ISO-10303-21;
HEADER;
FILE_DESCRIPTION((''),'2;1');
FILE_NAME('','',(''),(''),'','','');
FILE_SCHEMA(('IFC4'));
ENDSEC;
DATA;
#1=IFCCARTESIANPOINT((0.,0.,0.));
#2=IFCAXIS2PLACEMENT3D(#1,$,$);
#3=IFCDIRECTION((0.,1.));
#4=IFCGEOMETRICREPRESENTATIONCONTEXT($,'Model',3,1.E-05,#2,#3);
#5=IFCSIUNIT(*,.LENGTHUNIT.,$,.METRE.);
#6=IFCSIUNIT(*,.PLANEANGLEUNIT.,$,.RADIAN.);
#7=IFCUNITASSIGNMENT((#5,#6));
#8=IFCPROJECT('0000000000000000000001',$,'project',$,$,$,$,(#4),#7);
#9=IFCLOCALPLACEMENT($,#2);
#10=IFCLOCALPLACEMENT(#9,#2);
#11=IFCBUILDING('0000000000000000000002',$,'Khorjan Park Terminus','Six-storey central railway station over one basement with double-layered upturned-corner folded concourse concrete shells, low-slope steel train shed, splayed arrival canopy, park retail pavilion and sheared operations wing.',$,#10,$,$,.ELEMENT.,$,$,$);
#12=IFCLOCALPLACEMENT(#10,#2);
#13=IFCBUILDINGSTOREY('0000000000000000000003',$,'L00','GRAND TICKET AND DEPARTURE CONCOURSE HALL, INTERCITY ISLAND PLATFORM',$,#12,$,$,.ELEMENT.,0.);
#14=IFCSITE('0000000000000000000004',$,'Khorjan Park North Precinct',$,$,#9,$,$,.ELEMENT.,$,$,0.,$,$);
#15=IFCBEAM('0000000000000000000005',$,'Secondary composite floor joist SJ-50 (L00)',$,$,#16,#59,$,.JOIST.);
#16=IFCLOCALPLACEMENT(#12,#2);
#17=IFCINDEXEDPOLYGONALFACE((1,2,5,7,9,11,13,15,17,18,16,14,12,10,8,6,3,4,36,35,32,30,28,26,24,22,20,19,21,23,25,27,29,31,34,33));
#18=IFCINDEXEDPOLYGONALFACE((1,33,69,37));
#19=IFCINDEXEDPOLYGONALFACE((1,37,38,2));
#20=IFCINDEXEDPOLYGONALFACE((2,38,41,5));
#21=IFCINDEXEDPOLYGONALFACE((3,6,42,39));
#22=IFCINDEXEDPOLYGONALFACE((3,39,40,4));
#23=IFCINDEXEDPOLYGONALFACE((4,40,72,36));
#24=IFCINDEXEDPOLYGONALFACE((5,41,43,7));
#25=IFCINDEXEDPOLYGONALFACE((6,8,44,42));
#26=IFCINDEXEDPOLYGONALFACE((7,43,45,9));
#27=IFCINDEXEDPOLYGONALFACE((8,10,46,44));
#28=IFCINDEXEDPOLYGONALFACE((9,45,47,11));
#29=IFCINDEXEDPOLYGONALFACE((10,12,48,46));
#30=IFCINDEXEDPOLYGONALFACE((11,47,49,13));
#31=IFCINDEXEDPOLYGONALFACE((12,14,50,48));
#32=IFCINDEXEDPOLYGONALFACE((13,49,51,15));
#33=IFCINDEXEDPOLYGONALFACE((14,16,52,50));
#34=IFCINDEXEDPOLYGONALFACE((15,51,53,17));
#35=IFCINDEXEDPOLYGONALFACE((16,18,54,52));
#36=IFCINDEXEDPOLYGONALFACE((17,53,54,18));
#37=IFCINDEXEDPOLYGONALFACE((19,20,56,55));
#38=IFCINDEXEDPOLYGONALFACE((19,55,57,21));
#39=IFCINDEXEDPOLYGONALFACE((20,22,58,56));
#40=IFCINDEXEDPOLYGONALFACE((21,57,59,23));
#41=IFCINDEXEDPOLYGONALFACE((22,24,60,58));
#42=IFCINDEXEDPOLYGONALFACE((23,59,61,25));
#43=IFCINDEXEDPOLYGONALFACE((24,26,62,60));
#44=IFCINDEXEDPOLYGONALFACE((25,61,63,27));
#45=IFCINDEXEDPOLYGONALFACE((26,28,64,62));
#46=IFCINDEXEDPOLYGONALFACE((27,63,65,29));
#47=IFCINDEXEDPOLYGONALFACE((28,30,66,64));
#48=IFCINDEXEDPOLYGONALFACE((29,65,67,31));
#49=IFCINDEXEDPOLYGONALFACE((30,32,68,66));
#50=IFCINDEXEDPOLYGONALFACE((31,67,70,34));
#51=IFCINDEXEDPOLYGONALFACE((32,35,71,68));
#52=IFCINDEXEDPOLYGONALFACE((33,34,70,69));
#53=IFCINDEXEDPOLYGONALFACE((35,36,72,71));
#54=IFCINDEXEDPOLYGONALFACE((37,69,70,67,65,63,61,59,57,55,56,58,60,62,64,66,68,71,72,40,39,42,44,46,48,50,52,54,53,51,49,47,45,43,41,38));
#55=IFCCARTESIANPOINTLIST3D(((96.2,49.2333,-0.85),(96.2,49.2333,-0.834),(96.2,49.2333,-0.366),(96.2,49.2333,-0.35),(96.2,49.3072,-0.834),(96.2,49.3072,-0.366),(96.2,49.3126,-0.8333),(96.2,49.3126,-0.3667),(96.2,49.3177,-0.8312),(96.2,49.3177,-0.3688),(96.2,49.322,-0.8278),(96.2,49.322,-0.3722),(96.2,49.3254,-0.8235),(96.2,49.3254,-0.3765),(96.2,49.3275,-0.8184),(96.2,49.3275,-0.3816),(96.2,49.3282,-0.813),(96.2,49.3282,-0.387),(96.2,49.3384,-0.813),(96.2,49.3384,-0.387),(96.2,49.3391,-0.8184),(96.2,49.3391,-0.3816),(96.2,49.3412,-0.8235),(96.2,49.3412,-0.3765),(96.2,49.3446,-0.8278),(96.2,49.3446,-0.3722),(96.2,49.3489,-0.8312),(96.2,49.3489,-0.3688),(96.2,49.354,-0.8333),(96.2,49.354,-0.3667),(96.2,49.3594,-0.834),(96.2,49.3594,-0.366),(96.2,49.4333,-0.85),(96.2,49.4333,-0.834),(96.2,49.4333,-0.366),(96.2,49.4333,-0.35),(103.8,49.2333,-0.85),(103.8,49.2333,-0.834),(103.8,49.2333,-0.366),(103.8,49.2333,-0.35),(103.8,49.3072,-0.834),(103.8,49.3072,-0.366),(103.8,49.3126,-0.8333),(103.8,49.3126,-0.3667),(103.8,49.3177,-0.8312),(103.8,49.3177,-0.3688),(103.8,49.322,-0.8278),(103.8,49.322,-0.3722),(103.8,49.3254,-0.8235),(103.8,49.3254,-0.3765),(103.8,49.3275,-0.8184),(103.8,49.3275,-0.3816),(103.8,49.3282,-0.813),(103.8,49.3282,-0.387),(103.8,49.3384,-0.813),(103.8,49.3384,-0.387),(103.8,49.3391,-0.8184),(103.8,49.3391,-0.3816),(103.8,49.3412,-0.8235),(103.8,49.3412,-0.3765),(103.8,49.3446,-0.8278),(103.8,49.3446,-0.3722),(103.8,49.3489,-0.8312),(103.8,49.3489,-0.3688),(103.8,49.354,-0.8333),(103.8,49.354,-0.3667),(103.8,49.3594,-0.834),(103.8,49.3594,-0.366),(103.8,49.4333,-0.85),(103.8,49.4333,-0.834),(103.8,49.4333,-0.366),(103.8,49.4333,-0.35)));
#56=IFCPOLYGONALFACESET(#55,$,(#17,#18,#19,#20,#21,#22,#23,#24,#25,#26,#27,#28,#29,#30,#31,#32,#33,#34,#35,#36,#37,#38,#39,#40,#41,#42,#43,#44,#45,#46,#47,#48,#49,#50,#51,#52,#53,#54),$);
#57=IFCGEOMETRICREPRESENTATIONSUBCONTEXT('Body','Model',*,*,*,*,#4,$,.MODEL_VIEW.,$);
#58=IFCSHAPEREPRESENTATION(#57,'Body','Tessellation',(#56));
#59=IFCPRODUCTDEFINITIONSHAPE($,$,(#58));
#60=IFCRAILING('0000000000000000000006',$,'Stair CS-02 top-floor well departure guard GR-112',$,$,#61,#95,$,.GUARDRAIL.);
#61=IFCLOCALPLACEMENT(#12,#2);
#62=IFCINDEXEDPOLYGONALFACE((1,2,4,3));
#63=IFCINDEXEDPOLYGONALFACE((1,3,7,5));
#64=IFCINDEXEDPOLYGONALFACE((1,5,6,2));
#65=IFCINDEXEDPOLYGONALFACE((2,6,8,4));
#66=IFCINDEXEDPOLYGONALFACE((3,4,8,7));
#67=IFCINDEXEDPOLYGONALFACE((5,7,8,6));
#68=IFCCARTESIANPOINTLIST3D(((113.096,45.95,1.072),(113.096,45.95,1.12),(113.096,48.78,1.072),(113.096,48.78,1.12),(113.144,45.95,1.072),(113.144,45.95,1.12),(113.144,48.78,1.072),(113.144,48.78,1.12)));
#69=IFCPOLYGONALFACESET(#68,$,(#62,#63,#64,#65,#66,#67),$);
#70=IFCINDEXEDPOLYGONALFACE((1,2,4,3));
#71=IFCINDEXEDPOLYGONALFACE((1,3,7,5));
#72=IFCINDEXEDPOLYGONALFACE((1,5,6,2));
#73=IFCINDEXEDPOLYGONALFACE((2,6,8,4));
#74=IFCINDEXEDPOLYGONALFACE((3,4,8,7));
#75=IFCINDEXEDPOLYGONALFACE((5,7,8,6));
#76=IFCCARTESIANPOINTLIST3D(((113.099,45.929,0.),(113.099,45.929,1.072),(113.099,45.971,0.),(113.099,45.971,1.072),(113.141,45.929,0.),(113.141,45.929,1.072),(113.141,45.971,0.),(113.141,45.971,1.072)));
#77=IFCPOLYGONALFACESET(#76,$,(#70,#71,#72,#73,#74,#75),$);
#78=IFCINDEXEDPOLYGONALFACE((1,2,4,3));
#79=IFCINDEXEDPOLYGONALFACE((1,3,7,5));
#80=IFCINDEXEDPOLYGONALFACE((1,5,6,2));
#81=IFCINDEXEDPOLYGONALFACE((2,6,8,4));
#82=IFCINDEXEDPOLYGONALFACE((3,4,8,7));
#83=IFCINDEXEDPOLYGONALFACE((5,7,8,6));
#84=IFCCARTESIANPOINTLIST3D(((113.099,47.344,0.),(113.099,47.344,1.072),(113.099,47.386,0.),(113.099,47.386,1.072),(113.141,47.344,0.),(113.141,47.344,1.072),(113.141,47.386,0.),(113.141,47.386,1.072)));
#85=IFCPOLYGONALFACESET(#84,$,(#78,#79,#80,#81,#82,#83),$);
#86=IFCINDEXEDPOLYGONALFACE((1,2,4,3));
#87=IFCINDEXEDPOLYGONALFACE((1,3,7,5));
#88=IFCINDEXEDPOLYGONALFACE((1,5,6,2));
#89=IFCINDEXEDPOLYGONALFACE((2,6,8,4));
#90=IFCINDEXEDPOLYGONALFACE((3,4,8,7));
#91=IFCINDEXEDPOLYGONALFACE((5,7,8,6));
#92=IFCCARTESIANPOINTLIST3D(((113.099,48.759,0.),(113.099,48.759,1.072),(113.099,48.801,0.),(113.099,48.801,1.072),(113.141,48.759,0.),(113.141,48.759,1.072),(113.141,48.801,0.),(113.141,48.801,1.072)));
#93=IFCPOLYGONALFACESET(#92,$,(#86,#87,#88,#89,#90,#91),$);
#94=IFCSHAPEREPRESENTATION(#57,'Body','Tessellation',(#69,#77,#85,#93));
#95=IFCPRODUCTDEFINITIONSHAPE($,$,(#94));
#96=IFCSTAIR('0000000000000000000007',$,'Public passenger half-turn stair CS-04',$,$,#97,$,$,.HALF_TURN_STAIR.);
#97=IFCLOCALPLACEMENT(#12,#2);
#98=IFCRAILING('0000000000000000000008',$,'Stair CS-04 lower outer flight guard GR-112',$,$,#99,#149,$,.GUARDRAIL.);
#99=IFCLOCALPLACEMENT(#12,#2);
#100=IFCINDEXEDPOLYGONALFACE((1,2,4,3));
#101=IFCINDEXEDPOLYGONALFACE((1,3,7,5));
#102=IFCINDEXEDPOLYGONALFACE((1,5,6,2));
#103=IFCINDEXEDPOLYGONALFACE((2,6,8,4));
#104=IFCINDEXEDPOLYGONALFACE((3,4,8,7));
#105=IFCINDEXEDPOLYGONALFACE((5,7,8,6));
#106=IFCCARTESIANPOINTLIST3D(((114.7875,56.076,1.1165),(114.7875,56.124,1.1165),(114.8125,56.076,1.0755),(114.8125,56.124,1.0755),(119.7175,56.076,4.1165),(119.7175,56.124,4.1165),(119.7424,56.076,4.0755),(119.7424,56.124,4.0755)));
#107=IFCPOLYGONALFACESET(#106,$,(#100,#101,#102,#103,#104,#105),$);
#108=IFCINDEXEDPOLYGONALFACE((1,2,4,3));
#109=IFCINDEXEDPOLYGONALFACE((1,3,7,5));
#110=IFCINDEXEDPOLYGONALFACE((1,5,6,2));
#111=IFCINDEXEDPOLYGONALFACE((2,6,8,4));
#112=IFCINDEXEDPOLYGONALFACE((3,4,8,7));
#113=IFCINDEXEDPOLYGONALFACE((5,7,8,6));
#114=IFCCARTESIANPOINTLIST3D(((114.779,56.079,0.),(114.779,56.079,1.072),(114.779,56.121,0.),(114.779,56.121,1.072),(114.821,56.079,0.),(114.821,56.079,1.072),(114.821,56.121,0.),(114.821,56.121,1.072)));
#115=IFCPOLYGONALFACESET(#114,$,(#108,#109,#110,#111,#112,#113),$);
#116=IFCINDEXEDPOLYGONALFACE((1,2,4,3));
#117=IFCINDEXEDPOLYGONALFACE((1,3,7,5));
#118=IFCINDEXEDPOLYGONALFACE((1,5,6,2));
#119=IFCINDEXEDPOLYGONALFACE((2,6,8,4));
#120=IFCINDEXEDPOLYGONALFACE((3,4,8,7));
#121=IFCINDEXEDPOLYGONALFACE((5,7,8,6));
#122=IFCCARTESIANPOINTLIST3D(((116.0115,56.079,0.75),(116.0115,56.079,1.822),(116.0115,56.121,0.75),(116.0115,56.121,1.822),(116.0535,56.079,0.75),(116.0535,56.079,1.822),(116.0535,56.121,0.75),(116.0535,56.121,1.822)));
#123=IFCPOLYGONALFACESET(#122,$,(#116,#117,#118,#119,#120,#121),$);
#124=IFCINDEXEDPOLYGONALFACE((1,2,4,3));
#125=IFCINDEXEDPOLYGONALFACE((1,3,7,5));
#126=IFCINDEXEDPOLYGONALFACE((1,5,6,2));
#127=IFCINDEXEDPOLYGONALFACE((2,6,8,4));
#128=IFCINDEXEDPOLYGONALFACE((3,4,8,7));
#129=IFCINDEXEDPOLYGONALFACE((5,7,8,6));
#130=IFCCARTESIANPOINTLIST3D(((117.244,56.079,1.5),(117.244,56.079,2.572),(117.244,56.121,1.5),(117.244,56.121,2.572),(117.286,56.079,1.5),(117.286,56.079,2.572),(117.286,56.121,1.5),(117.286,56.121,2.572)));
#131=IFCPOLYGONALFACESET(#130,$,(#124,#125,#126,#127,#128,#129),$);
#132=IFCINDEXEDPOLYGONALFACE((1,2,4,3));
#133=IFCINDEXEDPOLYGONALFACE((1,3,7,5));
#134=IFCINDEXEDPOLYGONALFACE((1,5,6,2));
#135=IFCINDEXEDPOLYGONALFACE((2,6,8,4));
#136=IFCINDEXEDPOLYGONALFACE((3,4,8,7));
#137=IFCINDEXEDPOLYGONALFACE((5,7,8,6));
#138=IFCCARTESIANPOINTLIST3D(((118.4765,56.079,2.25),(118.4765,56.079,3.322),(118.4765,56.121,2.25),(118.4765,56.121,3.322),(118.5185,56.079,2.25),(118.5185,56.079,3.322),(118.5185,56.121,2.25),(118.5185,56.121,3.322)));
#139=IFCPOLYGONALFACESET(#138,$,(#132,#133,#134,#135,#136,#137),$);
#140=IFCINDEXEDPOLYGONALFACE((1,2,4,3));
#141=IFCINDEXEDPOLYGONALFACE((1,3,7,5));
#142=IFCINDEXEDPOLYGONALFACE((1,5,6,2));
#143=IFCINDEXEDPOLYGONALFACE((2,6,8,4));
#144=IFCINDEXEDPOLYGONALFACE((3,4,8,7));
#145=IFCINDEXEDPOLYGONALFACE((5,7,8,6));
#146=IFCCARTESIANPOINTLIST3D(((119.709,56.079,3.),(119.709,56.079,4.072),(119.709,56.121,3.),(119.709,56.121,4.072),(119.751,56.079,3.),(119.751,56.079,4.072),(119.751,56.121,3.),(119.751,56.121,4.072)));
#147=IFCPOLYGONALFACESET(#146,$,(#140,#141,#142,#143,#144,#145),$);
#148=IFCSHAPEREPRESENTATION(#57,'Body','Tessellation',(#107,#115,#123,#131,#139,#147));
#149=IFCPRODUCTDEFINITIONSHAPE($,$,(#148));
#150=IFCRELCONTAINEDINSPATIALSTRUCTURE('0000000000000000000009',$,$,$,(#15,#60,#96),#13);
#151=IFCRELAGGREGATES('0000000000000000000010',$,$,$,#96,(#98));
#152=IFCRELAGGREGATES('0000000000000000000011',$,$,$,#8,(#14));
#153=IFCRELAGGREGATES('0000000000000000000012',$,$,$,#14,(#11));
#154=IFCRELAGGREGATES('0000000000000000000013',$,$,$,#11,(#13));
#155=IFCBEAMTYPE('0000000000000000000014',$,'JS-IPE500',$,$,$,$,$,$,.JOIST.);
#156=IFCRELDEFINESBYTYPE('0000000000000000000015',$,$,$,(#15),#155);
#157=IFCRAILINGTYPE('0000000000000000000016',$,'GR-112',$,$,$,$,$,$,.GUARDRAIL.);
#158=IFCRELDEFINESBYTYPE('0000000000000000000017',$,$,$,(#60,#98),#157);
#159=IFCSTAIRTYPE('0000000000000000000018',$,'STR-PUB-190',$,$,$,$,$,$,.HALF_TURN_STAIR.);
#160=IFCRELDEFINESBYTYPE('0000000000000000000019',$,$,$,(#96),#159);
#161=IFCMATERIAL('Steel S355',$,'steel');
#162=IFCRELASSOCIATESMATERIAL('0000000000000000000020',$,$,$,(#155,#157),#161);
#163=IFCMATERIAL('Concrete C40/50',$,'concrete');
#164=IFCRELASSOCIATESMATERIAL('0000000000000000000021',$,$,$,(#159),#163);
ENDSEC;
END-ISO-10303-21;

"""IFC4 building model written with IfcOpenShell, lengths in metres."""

from ifc_helpers import new_model, si_unit, direction, frame, origin, origin_2d, place, context, subcontext, project, spatial, rectangle, i_section, extrude, material, material_profile, profile_set, type_object, element, aggregate, save


model = new_model("IFC4")

# Units and contexts
model_context = context("Model", 3, precision=1e-05, world=origin(), true_north=direction((0.0, 1.0)))
body_context = subcontext(model_context, "Body", "Model", "MODEL_VIEW")
ifc_project = project(units=[si_unit("LENGTHUNIT", "METRE"), si_unit("PLANEANGLEUNIT", "RADIAN")], contexts=[model_context])

# Site, building, storey
site_placement = place(None, origin())
site = spatial("IfcSite", under=ifc_project, at=site_placement, Name="Khorjan Park North Precinct", CompositionType="ELEMENT", RefElevation=0.0)
building_placement = place(site_placement, origin())
building = spatial("IfcBuilding", under=site, at=building_placement, Name="Khorjan Park Terminus", Description="Six-storey central railway station over one basement with double-layered upturned-corner folded concourse concrete shells, low-slope steel train shed, splayed arrival canopy, park retail pavilion and sheared operations wing.", CompositionType="ELEMENT")
storey_placement = place(building_placement, origin())
storey = spatial("IfcBuildingStorey", under=building, at=storey_placement, Name="L00", Description="GRAND TICKET AND DEPARTURE CONCOURSE HALL, INTERCITY ISLAND PLATFORM", CompositionType="ELEMENT", Elevation=0.0)

# Beam
ifc_material_1 = material(Name="Steel S355", Category="steel")
ifc_material_2 = material(Name="Concrete C40/50", Category="concrete")
ifc_material_profile_1 = material_profile(ifc_material_1, i_section(OverallWidth=0.2, OverallDepth=0.5, WebThickness=0.0102, FlangeThickness=0.016, FilletRadius=0.021, at=origin_2d()), Name="IPE 500")
ifc_profile_set_1 = profile_set([ifc_material_profile_1], Name="Steel S355")
beam_type_1 = type_object("IfcBeamType", Name="JS-IPE500", PredefinedType="JOIST", material=ifc_profile_set_1)
beam_1_placement = place(storey_placement, frame((96.2, 49.3333, -0.6), z_axis=(1.0, 0.0, 0.0), x_axis=(0.0, 1.0, 0.0)))
element("IfcBeam", 1, at=beam_1_placement, inside=storey, type_object=beam_type_1, Name="Secondary composite floor joist SJ-50 (L00)", PredefinedType="JOIST", context=body_context, shape_type="SweptSolid", body=[
    extrude(i_section(OverallWidth=0.2, OverallDepth=0.5, WebThickness=0.0102, FlangeThickness=0.016, FilletRadius=0.021, at=origin_2d()), origin(), (0.0, 0.0, 1.0), 7.6),
])

# Railing
railing_type_1 = type_object("IfcRailingType", Name="GR-112", PredefinedType="GUARDRAIL", material=ifc_material_1)
railing_1_placement = place(storey_placement, frame((113.12, 45.95, 0.0)))
element("IfcRailing", 2, at=railing_1_placement, inside=storey, type_object=railing_type_1, Name="Stair CS-02 top-floor well departure guard GR-112", PredefinedType="GUARDRAIL", context=body_context, shape_type="SweptSolid", body=[
    extrude(rectangle(XDim=0.048, YDim=0.048, at=origin_2d()), frame((0.0, 0.0, 1.096), z_axis=(0.0, 1.0, 0.0), x_axis=(-1.0, 0.0, 0.0)), (0.0, 0.0, 1.0), 2.83),
    extrude(rectangle(XDim=0.042, YDim=0.042, at=origin_2d()), origin(), (0.0, 0.0, 1.0), 1.072),
    extrude(rectangle(XDim=0.042, YDim=0.042, at=origin_2d()), frame((0.0, 1.415, 0.0)), (0.0, 0.0, 1.0), 1.072),
    extrude(rectangle(XDim=0.042, YDim=0.042, at=origin_2d()), frame((0.0, 2.83, 0.0)), (0.0, 0.0, 1.0), 1.072),
])

# Stair, railing
stair_type = type_object("IfcStairType", Name="STR-PUB-190", PredefinedType="HALF_TURN_STAIR", material=ifc_material_2)
stair_placement = place(storey_placement, origin())
stair = element("IfcStair", 3, at=stair_placement, inside=storey, type_object=stair_type, Name="Public passenger half-turn stair CS-04", PredefinedType="HALF_TURN_STAIR")
railing_2_placement = place(storey_placement, frame((114.8, 56.1, 0.0)))
railing_2 = element("IfcRailing", 4, at=railing_2_placement, type_object=railing_type_1, Name="Stair CS-04 lower outer flight guard GR-112", PredefinedType="GUARDRAIL", context=body_context, shape_type="SweptSolid", body=[
    extrude(rectangle(XDim=0.048, YDim=0.048, at=origin_2d()), frame((0.0, 0.0, 1.096), z_axis=(0.854265, 0.0, 0.519837), x_axis=(0.0, 1.0, 0.0)), (0.0, 0.0, 1.0), 5.771),
    extrude(rectangle(XDim=0.042, YDim=0.042, at=origin_2d()), origin(), (0.0, 0.0, 1.0), 1.072),
    extrude(rectangle(XDim=0.042, YDim=0.042, at=origin_2d()), frame((1.2325, 0.0, 0.75)), (0.0, 0.0, 1.0), 1.072),
    extrude(rectangle(XDim=0.042, YDim=0.042, at=origin_2d()), frame((2.465, 0.0, 1.5)), (0.0, 0.0, 1.0), 1.072),
    extrude(rectangle(XDim=0.042, YDim=0.042, at=origin_2d()), frame((3.6975, 0.0, 2.25)), (0.0, 0.0, 1.0), 1.072),
    extrude(rectangle(XDim=0.042, YDim=0.042, at=origin_2d()), frame((4.93, 0.0, 3.0)), (0.0, 0.0, 1.0), 1.072),
])

aggregate(stair, [railing_2])

save(model, "model.ifc")
